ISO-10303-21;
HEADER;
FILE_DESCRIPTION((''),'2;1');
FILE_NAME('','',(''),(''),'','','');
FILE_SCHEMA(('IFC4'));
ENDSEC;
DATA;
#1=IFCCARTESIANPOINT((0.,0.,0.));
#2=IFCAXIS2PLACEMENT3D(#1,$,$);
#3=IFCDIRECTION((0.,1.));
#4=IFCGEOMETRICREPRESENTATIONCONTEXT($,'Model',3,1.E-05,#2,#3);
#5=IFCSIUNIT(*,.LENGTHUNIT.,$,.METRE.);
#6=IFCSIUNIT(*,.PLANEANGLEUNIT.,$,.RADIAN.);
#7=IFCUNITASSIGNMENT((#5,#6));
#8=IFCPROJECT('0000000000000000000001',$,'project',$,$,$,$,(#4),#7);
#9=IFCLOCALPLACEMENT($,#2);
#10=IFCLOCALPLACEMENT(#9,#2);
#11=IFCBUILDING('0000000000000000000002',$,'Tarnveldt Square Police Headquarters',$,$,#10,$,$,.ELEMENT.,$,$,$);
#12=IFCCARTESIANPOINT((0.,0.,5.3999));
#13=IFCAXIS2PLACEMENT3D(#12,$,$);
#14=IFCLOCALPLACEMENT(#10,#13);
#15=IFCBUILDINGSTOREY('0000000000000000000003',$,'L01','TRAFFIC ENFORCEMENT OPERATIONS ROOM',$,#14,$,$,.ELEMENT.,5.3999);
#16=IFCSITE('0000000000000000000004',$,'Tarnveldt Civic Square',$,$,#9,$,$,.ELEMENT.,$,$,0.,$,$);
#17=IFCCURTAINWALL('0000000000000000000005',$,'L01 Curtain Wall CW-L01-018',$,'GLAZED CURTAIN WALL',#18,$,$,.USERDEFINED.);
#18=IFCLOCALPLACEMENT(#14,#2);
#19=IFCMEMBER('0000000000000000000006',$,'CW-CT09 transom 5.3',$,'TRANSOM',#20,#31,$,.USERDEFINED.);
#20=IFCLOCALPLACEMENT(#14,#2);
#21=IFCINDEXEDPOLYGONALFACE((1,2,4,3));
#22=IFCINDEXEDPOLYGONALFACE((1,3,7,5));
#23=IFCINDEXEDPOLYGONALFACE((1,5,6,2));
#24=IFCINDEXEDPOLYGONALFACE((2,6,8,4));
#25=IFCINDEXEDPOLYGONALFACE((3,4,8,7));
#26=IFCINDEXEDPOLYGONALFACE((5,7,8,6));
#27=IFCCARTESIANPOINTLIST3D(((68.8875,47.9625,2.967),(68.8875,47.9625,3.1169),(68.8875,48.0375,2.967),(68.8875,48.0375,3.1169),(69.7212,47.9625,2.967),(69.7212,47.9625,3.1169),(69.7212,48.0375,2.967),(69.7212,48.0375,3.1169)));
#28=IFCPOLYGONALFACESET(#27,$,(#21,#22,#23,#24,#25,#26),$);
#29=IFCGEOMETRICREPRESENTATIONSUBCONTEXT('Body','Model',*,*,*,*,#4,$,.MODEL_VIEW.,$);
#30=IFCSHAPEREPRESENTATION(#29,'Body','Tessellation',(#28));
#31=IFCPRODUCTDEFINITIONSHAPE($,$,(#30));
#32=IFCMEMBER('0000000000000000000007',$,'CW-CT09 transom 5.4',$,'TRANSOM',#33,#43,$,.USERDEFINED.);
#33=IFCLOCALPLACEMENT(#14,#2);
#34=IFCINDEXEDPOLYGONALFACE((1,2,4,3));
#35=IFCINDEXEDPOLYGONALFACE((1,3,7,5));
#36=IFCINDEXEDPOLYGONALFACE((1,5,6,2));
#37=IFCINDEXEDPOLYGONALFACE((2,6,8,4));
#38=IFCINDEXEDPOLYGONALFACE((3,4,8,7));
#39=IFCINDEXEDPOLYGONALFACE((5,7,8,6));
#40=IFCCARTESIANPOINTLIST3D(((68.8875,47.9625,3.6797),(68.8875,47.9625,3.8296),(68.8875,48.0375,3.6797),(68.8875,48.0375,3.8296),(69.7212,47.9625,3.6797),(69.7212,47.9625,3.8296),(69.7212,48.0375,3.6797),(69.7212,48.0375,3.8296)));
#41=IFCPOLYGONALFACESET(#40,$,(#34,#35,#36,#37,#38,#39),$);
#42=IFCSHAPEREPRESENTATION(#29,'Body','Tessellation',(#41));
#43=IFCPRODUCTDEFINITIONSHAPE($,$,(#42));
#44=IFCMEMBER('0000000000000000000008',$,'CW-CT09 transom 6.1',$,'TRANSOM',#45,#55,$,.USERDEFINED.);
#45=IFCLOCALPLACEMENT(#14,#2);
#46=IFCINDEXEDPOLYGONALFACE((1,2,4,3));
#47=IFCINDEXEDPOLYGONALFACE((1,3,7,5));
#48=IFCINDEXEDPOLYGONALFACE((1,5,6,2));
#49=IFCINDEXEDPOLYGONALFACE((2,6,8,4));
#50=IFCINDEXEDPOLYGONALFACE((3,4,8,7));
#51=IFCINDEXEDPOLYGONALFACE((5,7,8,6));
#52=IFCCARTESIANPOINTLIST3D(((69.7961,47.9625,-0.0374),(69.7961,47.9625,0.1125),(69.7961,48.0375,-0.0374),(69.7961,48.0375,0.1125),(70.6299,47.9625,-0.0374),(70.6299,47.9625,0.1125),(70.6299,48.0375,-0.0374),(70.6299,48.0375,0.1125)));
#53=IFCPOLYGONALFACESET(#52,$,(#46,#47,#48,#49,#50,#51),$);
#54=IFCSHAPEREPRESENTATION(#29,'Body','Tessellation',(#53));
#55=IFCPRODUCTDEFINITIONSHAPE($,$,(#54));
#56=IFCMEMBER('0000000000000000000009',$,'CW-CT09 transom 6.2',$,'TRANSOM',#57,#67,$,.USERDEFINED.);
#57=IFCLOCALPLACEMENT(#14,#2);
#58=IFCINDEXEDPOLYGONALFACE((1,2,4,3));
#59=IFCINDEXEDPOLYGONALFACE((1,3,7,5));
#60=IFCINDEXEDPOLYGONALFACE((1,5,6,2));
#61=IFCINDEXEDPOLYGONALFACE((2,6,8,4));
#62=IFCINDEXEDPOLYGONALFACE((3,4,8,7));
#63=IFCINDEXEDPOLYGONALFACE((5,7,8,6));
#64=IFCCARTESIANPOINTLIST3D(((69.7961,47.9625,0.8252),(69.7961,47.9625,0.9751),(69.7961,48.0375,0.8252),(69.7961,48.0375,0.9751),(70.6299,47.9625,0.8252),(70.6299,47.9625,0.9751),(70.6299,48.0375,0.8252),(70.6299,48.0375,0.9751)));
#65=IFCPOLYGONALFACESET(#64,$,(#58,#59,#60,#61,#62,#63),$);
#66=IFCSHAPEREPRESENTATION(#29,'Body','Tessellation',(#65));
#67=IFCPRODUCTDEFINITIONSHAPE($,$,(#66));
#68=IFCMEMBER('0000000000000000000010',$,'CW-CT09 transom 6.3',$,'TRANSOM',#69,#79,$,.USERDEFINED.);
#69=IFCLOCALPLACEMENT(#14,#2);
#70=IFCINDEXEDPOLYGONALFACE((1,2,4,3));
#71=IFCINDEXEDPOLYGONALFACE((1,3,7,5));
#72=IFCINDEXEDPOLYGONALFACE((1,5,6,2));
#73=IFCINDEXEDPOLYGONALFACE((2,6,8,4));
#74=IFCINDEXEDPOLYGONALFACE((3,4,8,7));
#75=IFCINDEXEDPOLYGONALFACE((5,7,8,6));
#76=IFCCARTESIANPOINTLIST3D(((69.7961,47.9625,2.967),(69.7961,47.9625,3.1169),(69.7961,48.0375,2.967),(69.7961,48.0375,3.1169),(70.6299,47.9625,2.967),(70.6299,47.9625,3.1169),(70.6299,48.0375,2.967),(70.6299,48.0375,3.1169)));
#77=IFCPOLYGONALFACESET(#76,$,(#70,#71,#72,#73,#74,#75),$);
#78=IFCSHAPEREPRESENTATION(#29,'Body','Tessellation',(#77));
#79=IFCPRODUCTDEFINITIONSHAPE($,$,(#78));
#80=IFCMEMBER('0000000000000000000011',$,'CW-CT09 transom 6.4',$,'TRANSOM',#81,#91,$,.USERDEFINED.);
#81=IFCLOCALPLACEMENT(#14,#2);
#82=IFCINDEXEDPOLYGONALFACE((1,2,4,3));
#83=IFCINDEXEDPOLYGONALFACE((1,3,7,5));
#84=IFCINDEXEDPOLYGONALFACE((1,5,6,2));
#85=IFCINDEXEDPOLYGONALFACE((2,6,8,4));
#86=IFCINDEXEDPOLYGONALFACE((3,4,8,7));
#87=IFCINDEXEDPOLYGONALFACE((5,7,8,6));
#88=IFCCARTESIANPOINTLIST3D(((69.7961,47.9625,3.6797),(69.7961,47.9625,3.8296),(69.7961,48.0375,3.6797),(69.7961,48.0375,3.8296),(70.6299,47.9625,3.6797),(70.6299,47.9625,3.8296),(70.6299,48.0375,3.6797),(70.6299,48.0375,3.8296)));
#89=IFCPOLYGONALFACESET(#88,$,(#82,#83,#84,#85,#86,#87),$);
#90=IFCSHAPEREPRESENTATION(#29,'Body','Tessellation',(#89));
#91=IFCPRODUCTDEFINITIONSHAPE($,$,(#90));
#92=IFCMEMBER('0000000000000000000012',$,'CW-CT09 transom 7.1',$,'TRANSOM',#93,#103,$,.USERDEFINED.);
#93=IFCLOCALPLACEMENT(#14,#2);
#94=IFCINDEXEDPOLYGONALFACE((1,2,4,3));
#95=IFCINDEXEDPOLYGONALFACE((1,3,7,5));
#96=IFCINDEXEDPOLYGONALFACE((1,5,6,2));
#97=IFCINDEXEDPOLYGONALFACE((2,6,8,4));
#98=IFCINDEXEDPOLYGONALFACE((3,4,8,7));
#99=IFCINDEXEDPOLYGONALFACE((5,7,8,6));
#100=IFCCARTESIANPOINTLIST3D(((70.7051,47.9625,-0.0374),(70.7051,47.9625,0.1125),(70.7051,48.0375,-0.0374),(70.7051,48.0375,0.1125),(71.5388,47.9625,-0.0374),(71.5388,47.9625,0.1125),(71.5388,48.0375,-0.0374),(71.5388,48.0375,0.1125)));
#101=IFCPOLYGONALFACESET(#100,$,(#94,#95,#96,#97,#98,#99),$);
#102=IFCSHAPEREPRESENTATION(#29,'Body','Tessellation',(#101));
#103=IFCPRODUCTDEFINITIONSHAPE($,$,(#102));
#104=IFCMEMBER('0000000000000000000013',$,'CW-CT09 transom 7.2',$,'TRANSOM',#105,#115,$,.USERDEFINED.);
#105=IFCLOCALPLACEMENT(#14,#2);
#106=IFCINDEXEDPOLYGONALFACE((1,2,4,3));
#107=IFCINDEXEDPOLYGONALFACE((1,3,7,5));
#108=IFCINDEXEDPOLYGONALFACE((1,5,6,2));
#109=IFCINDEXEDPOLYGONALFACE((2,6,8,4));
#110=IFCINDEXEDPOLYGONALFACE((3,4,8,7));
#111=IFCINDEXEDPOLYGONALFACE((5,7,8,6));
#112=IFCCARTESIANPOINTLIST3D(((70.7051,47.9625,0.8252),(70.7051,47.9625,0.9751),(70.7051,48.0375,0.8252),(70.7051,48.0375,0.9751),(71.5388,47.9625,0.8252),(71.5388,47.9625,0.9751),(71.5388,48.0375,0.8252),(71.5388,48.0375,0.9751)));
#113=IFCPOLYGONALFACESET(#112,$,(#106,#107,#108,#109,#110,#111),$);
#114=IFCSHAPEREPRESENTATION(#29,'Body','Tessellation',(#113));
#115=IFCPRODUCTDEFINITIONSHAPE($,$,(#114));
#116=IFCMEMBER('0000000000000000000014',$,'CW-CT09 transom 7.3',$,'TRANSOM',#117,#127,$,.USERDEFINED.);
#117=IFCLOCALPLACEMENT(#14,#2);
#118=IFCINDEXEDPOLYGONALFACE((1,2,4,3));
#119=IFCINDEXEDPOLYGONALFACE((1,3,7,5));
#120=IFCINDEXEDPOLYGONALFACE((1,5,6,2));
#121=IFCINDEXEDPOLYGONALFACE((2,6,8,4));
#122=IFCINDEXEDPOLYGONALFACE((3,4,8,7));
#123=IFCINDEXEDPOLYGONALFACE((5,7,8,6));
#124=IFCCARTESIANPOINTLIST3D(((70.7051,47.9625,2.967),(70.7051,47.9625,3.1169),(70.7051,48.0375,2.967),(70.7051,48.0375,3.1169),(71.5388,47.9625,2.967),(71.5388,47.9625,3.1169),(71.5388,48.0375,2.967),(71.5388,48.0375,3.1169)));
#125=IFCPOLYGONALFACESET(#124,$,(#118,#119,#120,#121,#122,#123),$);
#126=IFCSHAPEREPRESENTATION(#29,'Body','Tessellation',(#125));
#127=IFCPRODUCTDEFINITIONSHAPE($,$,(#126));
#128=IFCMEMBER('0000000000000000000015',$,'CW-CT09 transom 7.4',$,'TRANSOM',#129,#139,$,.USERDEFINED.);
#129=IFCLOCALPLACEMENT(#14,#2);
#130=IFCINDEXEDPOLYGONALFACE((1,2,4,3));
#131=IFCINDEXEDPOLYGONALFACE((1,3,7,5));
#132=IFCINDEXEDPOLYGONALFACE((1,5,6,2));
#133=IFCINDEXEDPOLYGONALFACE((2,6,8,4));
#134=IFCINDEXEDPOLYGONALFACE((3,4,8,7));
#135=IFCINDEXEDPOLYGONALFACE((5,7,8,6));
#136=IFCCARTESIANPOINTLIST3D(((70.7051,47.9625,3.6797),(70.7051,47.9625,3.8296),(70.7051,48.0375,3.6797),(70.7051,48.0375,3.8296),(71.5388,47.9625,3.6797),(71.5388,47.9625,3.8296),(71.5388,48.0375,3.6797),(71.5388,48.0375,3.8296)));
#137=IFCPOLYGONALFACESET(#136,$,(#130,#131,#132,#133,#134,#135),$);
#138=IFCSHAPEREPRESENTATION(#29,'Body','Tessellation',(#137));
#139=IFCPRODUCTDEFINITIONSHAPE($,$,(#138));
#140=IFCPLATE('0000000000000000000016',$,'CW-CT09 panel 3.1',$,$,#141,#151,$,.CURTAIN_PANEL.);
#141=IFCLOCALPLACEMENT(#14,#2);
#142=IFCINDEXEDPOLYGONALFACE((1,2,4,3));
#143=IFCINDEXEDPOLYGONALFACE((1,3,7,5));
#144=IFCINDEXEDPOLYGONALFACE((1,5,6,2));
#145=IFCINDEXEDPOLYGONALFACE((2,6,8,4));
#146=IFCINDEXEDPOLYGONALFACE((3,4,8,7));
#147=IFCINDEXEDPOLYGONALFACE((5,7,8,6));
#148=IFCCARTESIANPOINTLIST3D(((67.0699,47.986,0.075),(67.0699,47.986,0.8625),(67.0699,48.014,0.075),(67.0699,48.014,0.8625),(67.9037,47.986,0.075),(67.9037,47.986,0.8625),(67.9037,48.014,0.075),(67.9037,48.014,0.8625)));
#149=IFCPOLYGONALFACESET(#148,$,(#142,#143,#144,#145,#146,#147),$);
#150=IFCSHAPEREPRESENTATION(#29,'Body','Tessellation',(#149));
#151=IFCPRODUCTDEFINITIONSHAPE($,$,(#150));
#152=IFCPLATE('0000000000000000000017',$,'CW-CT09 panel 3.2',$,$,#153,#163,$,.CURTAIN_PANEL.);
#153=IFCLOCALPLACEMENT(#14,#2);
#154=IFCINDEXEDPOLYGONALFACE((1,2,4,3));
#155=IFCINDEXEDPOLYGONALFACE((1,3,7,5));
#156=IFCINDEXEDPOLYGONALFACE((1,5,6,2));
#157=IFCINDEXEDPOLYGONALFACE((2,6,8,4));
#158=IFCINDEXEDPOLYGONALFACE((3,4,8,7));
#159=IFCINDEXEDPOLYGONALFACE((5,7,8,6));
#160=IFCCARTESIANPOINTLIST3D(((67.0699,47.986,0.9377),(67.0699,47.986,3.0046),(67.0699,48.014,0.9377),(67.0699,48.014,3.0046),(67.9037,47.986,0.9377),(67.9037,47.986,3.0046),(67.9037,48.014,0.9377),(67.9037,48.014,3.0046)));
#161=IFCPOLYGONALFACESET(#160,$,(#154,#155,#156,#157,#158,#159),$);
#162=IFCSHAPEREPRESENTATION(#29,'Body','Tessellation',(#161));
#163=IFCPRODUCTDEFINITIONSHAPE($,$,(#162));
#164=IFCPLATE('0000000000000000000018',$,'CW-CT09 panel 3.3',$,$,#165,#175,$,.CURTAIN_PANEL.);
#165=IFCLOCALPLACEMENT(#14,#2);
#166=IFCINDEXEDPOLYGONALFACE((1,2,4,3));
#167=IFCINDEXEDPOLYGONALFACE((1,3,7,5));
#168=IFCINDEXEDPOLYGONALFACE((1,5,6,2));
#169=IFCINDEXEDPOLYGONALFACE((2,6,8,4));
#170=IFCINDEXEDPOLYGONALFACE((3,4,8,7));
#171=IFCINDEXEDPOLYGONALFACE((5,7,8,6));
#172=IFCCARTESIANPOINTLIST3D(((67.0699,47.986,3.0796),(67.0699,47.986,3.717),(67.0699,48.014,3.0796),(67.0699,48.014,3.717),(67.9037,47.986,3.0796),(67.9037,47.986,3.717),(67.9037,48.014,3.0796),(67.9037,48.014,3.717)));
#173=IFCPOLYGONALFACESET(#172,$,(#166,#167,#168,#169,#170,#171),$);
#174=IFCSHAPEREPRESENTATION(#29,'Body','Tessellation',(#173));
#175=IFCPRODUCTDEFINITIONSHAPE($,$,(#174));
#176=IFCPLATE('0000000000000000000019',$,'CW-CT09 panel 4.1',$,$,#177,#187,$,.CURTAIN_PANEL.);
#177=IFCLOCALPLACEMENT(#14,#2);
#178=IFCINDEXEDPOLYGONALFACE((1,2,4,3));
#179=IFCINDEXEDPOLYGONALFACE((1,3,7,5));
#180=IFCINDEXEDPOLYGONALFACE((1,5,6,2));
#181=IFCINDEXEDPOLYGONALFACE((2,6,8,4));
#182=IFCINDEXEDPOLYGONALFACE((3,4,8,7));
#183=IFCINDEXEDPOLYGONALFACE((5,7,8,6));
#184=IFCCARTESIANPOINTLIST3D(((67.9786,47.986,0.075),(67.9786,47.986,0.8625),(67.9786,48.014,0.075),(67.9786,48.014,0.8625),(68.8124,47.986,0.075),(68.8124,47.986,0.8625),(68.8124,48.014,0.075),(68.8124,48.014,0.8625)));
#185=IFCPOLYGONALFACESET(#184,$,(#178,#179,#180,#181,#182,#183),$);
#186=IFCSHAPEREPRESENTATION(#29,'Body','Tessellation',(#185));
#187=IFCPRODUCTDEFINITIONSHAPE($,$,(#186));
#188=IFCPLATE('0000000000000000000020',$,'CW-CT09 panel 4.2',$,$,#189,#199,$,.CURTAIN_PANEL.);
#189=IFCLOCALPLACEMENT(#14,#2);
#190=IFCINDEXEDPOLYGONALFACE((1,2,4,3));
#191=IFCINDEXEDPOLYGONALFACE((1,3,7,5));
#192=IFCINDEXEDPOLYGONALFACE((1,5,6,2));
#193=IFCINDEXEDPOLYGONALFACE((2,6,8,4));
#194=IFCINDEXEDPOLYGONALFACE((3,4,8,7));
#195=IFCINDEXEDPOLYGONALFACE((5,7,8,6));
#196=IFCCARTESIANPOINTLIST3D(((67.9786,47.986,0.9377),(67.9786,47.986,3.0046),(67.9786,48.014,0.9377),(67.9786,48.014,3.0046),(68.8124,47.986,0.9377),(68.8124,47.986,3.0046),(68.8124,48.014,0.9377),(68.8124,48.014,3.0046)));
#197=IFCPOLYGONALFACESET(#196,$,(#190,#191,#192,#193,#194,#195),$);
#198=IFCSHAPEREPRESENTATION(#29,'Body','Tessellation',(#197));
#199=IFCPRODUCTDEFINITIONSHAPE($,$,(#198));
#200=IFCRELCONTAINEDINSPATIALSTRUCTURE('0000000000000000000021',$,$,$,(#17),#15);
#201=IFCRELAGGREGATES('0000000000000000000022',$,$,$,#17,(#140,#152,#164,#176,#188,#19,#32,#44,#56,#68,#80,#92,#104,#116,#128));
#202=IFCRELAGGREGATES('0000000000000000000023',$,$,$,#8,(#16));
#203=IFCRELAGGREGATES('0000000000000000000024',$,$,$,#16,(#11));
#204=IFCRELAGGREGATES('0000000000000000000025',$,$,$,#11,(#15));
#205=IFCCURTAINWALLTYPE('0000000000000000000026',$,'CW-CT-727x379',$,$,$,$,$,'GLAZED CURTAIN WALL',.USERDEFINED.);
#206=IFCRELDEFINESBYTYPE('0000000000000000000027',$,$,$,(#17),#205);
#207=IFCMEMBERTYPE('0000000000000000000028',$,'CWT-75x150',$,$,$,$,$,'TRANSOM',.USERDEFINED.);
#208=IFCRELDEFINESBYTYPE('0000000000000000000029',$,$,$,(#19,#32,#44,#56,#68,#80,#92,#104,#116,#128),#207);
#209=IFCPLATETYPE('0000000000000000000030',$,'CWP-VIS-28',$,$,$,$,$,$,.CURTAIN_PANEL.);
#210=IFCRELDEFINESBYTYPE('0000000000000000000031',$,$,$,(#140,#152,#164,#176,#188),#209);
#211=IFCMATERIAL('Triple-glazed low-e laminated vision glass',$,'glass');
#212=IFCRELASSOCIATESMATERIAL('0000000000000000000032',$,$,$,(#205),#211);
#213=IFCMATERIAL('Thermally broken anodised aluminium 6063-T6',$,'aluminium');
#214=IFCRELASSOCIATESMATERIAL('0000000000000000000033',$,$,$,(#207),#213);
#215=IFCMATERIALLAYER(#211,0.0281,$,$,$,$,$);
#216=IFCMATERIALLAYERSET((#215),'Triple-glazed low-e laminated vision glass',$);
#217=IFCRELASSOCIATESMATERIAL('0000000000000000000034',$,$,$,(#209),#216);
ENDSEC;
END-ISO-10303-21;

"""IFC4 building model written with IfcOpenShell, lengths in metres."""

from ifc_helpers import new_model, si_unit, direction, frame, origin, origin_2d, place, context, subcontext, project, spatial, rectangle, extrude, material, layer, layer_set, material_profile, profile_set, type_object, element, aggregate, save


model = new_model("IFC4")

# Units and contexts
model_context = context("Model", 3, precision=1e-05, world=origin(), true_north=direction((0.0, 1.0)))
body_context = subcontext(model_context, "Body", "Model", "MODEL_VIEW")
ifc_project = project(units=[si_unit("LENGTHUNIT", "METRE"), si_unit("PLANEANGLEUNIT", "RADIAN")], contexts=[model_context])

# Site, building, storey
site_placement = place(None, origin())
site = spatial("IfcSite", under=ifc_project, at=site_placement, Name="Tarnveldt Civic Square", CompositionType="ELEMENT", RefElevation=0.0)
building_placement = place(site_placement, origin())
building = spatial("IfcBuilding", under=site, at=building_placement, Name="Tarnveldt Square Police Headquarters", CompositionType="ELEMENT")
storey_placement = place(building_placement, frame((0.0, 0.0, 5.3999)))
storey = spatial("IfcBuildingStorey", under=building, at=storey_placement, Name="L01", Description="TRAFFIC ENFORCEMENT OPERATIONS ROOM", CompositionType="ELEMENT", Elevation=5.3999)

# Curtain wall, members, plates
ifc_material_1 = material(Name="Triple-glazed low-e laminated vision glass", Category="glass")
curtain_wall_type = type_object("IfcCurtainWallType", Name="CW-CT-727x379", ElementType="GLAZED CURTAIN WALL", PredefinedType="USERDEFINED", material=ifc_material_1)
curtain_wall_placement = place(storey_placement, origin())
curtain_wall = element("IfcCurtainWall", 1, at=curtain_wall_placement, inside=storey, type_object=curtain_wall_type, Name="L01 Curtain Wall CW-L01-018", ObjectType="GLAZED CURTAIN WALL", PredefinedType="USERDEFINED")
ifc_material_2 = material(Name="Thermally broken anodised aluminium 6063-T6", Category="aluminium")
ifc_material_profile_1 = material_profile(ifc_material_2, rectangle(XDim=0.075, YDim=0.1499, at=origin_2d()), Name="CW-T75x150")
ifc_profile_set_1 = profile_set([ifc_material_profile_1], Name="Thermally broken anodised aluminium 6063-T6")
member_type_1 = type_object("IfcMemberType", Name="CWT-75x150", ElementType="TRANSOM", PredefinedType="USERDEFINED", material=ifc_profile_set_1)
member_1_placement = place(storey_placement, frame((68.8875, 48.0, 3.042), z_axis=(1.0, 0.0, 0.0), x_axis=(0.0, 1.0, 0.0)))
member_1 = element("IfcMember", 2, at=member_1_placement, type_object=member_type_1, Name="CW-CT09 transom 5.3", ObjectType="TRANSOM", PredefinedType="USERDEFINED", context=body_context, shape_type="SweptSolid", body=[
    extrude(rectangle(XDim=0.075, YDim=0.1499, at=origin_2d()), origin(), (0.0, 0.0, 1.0), 0.8337),
])
member_2_placement = place(storey_placement, frame((68.8875, 48.0, 3.7546), z_axis=(1.0, 0.0, 0.0), x_axis=(0.0, 1.0, 0.0)))
member_2 = element("IfcMember", 3, at=member_2_placement, type_object=member_type_1, Name="CW-CT09 transom 5.4", ObjectType="TRANSOM", PredefinedType="USERDEFINED", context=body_context, shape_type="SweptSolid", body=[
    extrude(rectangle(XDim=0.075, YDim=0.1499, at=origin_2d()), origin(), (0.0, 0.0, 1.0), 0.8337),
])
member_3_placement = place(storey_placement, frame((69.7961, 48.0, 0.0376), z_axis=(1.0, 0.0, 0.0), x_axis=(0.0, 1.0, 0.0)))
member_3 = element("IfcMember", 4, at=member_3_placement, type_object=member_type_1, Name="CW-CT09 transom 6.1", ObjectType="TRANSOM", PredefinedType="USERDEFINED", context=body_context, shape_type="SweptSolid", body=[
    extrude(rectangle(XDim=0.075, YDim=0.1499, at=origin_2d()), origin(), (0.0, 0.0, 1.0), 0.8337),
])
member_4_placement = place(storey_placement, frame((69.7961, 48.0, 0.9001), z_axis=(1.0, 0.0, 0.0), x_axis=(0.0, 1.0, 0.0)))
member_4 = element("IfcMember", 5, at=member_4_placement, type_object=member_type_1, Name="CW-CT09 transom 6.2", ObjectType="TRANSOM", PredefinedType="USERDEFINED", context=body_context, shape_type="SweptSolid", body=[
    extrude(rectangle(XDim=0.075, YDim=0.1499, at=origin_2d()), origin(), (0.0, 0.0, 1.0), 0.8337),
])
member_5_placement = place(storey_placement, frame((69.7961, 48.0, 3.042), z_axis=(1.0, 0.0, 0.0), x_axis=(0.0, 1.0, 0.0)))
member_5 = element("IfcMember", 6, at=member_5_placement, type_object=member_type_1, Name="CW-CT09 transom 6.3", ObjectType="TRANSOM", PredefinedType="USERDEFINED", context=body_context, shape_type="SweptSolid", body=[
    extrude(rectangle(XDim=0.075, YDim=0.1499, at=origin_2d()), origin(), (0.0, 0.0, 1.0), 0.8337),
])
member_6_placement = place(storey_placement, frame((69.7961, 48.0, 3.7546), z_axis=(1.0, 0.0, 0.0), x_axis=(0.0, 1.0, 0.0)))
member_6 = element("IfcMember", 7, at=member_6_placement, type_object=member_type_1, Name="CW-CT09 transom 6.4", ObjectType="TRANSOM", PredefinedType="USERDEFINED", context=body_context, shape_type="SweptSolid", body=[
    extrude(rectangle(XDim=0.075, YDim=0.1499, at=origin_2d()), origin(), (0.0, 0.0, 1.0), 0.8337),
])
member_7_placement = place(storey_placement, frame((70.7051, 48.0, 0.0376), z_axis=(1.0, 0.0, 0.0), x_axis=(0.0, 1.0, 0.0)))
member_7 = element("IfcMember", 8, at=member_7_placement, type_object=member_type_1, Name="CW-CT09 transom 7.1", ObjectType="TRANSOM", PredefinedType="USERDEFINED", context=body_context, shape_type="SweptSolid", body=[
    extrude(rectangle(XDim=0.075, YDim=0.1499, at=origin_2d()), origin(), (0.0, 0.0, 1.0), 0.8337),
])
member_8_placement = place(storey_placement, frame((70.7051, 48.0, 0.9001), z_axis=(1.0, 0.0, 0.0), x_axis=(0.0, 1.0, 0.0)))
member_8 = element("IfcMember", 9, at=member_8_placement, type_object=member_type_1, Name="CW-CT09 transom 7.2", ObjectType="TRANSOM", PredefinedType="USERDEFINED", context=body_context, shape_type="SweptSolid", body=[
    extrude(rectangle(XDim=0.075, YDim=0.1499, at=origin_2d()), origin(), (0.0, 0.0, 1.0), 0.8337),
])
member_9_placement = place(storey_placement, frame((70.7051, 48.0, 3.042), z_axis=(1.0, 0.0, 0.0), x_axis=(0.0, 1.0, 0.0)))
member_9 = element("IfcMember", 10, at=member_9_placement, type_object=member_type_1, Name="CW-CT09 transom 7.3", ObjectType="TRANSOM", PredefinedType="USERDEFINED", context=body_context, shape_type="SweptSolid", body=[
    extrude(rectangle(XDim=0.075, YDim=0.1499, at=origin_2d()), origin(), (0.0, 0.0, 1.0), 0.8337),
])
member_10_placement = place(storey_placement, frame((70.7051, 48.0, 3.7546), z_axis=(1.0, 0.0, 0.0), x_axis=(0.0, 1.0, 0.0)))
member_10 = element("IfcMember", 11, at=member_10_placement, type_object=member_type_1, Name="CW-CT09 transom 7.4", ObjectType="TRANSOM", PredefinedType="USERDEFINED", context=body_context, shape_type="SweptSolid", body=[
    extrude(rectangle(XDim=0.075, YDim=0.1499, at=origin_2d()), origin(), (0.0, 0.0, 1.0), 0.8337),
])
ifc_layer = layer(ifc_material_1, 0.0281)
ifc_layer_set = layer_set([ifc_layer], Name="Triple-glazed low-e laminated vision glass")
plate_type = type_object("IfcPlateType", Name="CWP-VIS-28", PredefinedType="CURTAIN_PANEL", material=ifc_layer_set)
plate_1_placement = place(storey_placement, frame((67.4868, 48.0, 0.075), z_axis=(0.0, 0.0, 1.0), x_axis=(1.0, 0.0, 0.0)))
plate_1 = element("IfcPlate", 12, at=plate_1_placement, type_object=plate_type, Name="CW-CT09 panel 3.1", PredefinedType="CURTAIN_PANEL", context=body_context, shape_type="SweptSolid", body=[
    extrude(rectangle(XDim=0.8337, YDim=0.0281, at=origin_2d()), origin(), (0.0, 0.0, 1.0), 0.7876),
])
plate_2_placement = place(storey_placement, frame((67.4868, 48.0, 0.9377), z_axis=(0.0, 0.0, 1.0), x_axis=(1.0, 0.0, 0.0)))
plate_2 = element("IfcPlate", 13, at=plate_2_placement, type_object=plate_type, Name="CW-CT09 panel 3.2", PredefinedType="CURTAIN_PANEL", context=body_context, shape_type="SweptSolid", body=[
    extrude(rectangle(XDim=0.8337, YDim=0.0281, at=origin_2d()), origin(), (0.0, 0.0, 1.0), 2.0669),
])
plate_3_placement = place(storey_placement, frame((67.4868, 48.0, 3.0796), z_axis=(0.0, 0.0, 1.0), x_axis=(1.0, 0.0, 0.0)))
plate_3 = element("IfcPlate", 14, at=plate_3_placement, type_object=plate_type, Name="CW-CT09 panel 3.3", PredefinedType="CURTAIN_PANEL", context=body_context, shape_type="SweptSolid", body=[
    extrude(rectangle(XDim=0.8337, YDim=0.0281, at=origin_2d()), origin(), (0.0, 0.0, 1.0), 0.6375),
])
plate_4_placement = place(storey_placement, frame((68.3955, 48.0, 0.075), z_axis=(0.0, 0.0, 1.0), x_axis=(1.0, 0.0, 0.0)))
plate_4 = element("IfcPlate", 15, at=plate_4_placement, type_object=plate_type, Name="CW-CT09 panel 4.1", PredefinedType="CURTAIN_PANEL", context=body_context, shape_type="SweptSolid", body=[
    extrude(rectangle(XDim=0.8337, YDim=0.0281, at=origin_2d()), origin(), (0.0, 0.0, 1.0), 0.7876),
])
plate_5_placement = place(storey_placement, frame((68.3955, 48.0, 0.9377), z_axis=(0.0, 0.0, 1.0), x_axis=(1.0, 0.0, 0.0)))
plate_5 = element("IfcPlate", 16, at=plate_5_placement, type_object=plate_type, Name="CW-CT09 panel 4.2", PredefinedType="CURTAIN_PANEL", context=body_context, shape_type="SweptSolid", body=[
    extrude(rectangle(XDim=0.8337, YDim=0.0281, at=origin_2d()), origin(), (0.0, 0.0, 1.0), 2.0669),
])
aggregate(curtain_wall, [plate_1, plate_2, plate_3, plate_4, plate_5, member_1, member_2, member_3, member_4, member_5, member_6, member_7, member_8, member_9, member_10])

save(model, "model.ifc")
